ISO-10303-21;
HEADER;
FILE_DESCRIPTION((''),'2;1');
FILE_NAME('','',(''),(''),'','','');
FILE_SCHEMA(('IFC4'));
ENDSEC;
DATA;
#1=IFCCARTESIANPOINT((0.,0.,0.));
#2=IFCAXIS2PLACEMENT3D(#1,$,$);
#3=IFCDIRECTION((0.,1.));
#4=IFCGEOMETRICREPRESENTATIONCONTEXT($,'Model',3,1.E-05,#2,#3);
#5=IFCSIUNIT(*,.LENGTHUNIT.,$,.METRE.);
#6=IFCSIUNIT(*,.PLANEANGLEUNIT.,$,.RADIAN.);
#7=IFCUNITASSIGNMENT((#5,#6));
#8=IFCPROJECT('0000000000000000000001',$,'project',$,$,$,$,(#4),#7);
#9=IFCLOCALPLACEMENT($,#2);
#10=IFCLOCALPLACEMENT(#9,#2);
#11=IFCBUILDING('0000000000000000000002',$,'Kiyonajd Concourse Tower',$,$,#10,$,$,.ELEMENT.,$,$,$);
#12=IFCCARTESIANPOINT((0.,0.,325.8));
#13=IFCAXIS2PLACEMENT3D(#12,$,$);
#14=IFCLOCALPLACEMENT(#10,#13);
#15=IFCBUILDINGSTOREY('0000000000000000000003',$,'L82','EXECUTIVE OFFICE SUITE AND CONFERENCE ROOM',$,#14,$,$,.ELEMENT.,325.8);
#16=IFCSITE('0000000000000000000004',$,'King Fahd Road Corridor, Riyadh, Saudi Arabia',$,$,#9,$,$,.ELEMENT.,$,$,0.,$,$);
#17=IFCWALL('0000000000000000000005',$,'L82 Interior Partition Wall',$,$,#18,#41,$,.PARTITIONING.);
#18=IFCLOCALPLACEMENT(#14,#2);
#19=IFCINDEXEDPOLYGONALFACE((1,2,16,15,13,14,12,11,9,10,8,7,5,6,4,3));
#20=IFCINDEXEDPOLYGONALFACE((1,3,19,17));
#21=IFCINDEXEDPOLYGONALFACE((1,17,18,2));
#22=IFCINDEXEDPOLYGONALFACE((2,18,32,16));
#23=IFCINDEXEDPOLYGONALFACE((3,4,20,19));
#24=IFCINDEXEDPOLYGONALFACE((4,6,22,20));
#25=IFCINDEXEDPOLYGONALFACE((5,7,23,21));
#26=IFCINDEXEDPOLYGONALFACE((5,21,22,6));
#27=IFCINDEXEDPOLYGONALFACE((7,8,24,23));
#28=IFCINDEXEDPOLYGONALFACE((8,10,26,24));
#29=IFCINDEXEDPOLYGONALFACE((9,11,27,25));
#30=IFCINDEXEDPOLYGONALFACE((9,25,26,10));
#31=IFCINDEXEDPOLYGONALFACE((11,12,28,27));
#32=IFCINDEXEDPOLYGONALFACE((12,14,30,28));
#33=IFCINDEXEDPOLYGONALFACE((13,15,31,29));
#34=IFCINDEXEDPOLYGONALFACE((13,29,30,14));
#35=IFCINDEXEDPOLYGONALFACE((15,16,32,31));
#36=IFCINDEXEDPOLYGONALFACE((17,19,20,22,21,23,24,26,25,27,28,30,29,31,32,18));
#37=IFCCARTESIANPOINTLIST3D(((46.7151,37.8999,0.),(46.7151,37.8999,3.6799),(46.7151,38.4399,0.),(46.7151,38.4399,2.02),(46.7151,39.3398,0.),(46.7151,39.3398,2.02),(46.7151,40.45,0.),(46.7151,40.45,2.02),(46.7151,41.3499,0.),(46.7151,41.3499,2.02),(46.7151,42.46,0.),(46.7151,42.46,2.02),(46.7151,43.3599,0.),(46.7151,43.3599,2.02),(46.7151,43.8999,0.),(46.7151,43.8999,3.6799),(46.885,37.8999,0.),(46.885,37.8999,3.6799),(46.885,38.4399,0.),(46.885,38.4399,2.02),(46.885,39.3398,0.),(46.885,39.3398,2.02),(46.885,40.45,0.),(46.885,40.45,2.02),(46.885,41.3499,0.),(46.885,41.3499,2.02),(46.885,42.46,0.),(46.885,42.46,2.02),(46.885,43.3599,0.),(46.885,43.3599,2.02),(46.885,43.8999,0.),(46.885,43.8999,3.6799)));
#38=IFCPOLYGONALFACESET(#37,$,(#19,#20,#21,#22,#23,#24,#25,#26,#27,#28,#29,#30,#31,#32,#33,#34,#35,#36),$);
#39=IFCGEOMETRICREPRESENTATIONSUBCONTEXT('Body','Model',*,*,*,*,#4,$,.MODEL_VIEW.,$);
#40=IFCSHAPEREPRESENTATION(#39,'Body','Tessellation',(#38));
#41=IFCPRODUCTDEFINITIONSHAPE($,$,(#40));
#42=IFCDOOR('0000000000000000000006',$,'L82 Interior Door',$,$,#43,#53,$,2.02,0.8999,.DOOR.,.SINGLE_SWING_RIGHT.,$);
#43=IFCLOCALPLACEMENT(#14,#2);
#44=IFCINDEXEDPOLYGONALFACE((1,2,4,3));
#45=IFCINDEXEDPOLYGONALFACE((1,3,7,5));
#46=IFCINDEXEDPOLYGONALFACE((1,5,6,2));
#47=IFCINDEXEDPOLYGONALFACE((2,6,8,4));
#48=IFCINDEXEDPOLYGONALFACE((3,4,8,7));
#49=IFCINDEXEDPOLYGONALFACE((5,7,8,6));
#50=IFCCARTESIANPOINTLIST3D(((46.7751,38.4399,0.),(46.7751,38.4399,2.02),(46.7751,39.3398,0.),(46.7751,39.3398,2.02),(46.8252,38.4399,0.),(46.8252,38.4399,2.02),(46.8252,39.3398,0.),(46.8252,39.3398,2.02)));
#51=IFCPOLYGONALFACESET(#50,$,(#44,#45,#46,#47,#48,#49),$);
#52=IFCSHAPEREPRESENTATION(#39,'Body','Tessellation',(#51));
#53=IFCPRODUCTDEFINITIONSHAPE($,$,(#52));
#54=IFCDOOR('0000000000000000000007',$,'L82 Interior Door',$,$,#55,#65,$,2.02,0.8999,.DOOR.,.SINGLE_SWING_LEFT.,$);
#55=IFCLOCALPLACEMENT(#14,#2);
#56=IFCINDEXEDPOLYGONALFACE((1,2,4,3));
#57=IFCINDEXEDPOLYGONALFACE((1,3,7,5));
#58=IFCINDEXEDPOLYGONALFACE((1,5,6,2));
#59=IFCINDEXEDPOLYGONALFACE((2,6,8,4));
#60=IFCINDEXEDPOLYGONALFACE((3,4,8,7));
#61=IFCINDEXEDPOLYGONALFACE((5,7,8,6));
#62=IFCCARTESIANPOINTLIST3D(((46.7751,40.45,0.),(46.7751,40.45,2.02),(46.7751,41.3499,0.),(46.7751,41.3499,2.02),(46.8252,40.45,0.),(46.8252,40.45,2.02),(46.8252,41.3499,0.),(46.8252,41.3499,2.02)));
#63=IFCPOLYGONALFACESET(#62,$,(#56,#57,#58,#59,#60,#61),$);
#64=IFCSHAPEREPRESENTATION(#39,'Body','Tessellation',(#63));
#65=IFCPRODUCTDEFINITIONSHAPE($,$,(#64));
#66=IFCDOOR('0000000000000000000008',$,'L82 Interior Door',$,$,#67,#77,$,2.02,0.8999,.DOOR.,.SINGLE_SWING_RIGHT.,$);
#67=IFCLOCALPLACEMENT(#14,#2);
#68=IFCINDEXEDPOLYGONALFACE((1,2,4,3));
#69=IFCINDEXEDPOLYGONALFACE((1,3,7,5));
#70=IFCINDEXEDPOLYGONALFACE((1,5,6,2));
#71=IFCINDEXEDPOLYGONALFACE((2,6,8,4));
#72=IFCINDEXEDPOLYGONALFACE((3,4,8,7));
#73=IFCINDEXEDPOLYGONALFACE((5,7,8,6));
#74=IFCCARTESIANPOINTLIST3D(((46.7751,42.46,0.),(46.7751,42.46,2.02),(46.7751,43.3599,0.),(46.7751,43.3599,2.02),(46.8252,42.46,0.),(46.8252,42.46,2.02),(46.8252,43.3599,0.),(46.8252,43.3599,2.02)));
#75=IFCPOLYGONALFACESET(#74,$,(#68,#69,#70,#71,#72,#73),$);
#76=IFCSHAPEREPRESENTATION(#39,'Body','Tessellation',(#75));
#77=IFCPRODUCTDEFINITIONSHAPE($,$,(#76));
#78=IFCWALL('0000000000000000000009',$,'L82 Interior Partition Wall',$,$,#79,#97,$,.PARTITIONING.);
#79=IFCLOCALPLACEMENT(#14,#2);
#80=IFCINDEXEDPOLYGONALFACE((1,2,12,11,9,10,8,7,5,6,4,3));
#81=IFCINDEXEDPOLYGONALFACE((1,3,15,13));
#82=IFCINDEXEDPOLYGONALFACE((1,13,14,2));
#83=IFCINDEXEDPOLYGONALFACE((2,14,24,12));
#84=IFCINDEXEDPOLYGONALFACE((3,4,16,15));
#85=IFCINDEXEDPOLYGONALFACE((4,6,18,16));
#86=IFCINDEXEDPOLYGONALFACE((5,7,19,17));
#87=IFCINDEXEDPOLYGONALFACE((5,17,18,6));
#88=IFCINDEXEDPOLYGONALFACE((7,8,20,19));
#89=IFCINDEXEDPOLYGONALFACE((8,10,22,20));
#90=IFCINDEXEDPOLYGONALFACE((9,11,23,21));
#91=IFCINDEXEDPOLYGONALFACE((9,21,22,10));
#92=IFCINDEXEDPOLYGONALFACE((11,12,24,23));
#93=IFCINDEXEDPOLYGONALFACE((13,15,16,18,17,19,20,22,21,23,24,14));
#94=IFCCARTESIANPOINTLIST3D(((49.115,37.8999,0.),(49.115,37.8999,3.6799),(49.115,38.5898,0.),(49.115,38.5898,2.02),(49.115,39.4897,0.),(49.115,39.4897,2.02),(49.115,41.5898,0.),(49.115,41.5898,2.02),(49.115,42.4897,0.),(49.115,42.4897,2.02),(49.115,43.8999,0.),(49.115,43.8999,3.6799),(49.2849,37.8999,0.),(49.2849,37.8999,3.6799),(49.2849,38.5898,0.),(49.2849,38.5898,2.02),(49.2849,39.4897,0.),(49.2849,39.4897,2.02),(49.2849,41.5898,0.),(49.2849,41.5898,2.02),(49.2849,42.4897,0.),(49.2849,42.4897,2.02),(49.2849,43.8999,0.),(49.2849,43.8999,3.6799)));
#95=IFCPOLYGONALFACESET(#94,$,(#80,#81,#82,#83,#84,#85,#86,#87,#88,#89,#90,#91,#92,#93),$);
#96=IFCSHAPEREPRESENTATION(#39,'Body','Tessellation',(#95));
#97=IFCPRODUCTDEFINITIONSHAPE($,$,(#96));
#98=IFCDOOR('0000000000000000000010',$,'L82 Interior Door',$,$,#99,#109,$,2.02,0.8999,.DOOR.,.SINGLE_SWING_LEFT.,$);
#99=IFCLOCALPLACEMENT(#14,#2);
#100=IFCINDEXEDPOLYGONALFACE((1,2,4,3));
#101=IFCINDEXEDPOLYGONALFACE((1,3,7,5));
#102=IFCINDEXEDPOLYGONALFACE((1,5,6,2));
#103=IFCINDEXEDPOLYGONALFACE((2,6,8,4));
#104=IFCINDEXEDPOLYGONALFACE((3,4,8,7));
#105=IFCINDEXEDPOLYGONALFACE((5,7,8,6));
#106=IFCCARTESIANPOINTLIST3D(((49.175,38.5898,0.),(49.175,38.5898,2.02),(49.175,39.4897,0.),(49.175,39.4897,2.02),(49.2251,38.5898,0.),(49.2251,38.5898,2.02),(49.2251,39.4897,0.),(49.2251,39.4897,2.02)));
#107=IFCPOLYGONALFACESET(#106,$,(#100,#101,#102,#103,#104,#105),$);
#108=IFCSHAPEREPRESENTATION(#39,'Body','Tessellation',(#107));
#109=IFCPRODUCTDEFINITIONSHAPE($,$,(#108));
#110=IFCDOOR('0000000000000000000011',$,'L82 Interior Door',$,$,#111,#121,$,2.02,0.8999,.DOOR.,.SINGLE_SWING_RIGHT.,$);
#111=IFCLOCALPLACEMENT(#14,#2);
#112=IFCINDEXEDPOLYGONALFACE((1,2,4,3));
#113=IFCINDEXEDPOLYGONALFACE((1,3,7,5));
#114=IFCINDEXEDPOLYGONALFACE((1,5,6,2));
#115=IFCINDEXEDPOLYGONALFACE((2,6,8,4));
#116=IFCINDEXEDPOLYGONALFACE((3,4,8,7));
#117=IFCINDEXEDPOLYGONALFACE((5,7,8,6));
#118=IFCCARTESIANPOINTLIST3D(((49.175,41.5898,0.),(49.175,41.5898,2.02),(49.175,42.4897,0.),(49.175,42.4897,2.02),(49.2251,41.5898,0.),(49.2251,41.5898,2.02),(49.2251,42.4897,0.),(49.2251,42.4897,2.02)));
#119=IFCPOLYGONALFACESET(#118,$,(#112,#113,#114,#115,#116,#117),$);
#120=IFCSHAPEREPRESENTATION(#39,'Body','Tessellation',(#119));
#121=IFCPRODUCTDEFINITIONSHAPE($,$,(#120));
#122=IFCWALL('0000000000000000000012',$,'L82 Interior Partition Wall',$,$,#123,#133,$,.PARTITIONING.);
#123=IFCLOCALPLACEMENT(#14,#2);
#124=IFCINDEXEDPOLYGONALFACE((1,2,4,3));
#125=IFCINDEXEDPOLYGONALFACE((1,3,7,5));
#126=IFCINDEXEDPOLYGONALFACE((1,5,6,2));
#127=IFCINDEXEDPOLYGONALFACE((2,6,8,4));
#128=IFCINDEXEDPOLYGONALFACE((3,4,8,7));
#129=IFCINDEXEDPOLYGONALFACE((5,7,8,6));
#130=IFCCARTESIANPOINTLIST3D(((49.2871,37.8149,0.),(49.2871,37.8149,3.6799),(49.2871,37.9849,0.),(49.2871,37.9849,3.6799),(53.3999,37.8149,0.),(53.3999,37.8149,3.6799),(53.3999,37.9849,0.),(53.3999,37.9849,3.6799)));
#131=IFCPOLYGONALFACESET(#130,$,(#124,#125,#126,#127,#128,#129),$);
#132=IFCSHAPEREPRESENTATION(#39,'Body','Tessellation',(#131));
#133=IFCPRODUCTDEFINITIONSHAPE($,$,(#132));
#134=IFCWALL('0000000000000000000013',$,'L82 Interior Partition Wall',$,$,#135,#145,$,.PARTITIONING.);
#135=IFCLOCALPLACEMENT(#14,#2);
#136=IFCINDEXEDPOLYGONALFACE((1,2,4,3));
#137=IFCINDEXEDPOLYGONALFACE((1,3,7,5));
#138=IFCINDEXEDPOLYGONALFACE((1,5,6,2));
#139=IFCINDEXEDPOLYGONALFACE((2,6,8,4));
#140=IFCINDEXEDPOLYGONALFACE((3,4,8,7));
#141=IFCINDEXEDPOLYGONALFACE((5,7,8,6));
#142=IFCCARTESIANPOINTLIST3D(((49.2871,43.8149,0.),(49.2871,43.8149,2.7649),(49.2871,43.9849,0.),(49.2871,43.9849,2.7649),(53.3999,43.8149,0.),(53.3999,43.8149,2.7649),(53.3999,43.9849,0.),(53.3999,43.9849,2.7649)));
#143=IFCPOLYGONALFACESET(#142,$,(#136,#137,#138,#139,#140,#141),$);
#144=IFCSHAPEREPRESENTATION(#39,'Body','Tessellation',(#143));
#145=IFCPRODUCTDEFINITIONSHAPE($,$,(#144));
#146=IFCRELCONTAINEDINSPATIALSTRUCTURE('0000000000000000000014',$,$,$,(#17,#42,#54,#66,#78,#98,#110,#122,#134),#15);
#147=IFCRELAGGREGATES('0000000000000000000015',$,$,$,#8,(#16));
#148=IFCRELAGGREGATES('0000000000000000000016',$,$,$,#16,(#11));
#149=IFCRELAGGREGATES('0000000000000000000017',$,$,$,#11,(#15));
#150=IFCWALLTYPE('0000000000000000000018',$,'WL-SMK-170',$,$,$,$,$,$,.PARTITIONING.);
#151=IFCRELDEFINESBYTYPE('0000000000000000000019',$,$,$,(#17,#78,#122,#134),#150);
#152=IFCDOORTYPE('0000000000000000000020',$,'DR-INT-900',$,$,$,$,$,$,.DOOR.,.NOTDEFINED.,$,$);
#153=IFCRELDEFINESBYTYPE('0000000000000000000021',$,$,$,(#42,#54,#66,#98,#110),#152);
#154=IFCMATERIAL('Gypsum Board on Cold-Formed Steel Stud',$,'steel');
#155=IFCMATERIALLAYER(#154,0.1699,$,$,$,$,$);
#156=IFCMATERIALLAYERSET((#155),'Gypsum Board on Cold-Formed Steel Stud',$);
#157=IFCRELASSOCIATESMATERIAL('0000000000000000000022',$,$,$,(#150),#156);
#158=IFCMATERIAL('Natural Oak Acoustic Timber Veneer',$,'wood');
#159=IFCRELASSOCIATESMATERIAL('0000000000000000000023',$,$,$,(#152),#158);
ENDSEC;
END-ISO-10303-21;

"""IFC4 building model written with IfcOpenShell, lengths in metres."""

from ifc_helpers import new_model, si_unit, direction, frame, frame_2d, origin, place, context, subcontext, project, spatial, rectangle, extrude, material, layer, layer_set, type_object, element, fill, save


model = new_model("IFC4")

# Units and contexts
model_context = context("Model", 3, precision=1e-05, world=origin(), true_north=direction((0.0, 1.0)))
body_context = subcontext(model_context, "Body", "Model", "MODEL_VIEW")
ifc_project = project(units=[si_unit("LENGTHUNIT", "METRE"), si_unit("PLANEANGLEUNIT", "RADIAN")], contexts=[model_context])

# Site, building, storey
site_placement = place(None, origin())
site = spatial("IfcSite", under=ifc_project, at=site_placement, Name="King Fahd Road Corridor, Riyadh, Saudi Arabia", CompositionType="ELEMENT", RefElevation=0.0)
building_placement = place(site_placement, origin())
building = spatial("IfcBuilding", under=site, at=building_placement, Name="Kiyonajd Concourse Tower", CompositionType="ELEMENT")
storey_placement = place(building_placement, frame((0.0, 0.0, 325.8)))
storey = spatial("IfcBuildingStorey", under=building, at=storey_placement, Name="L82", Description="EXECUTIVE OFFICE SUITE AND CONFERENCE ROOM", CompositionType="ELEMENT", Elevation=325.8)

# Shared definitions
ifc_material_1 = material(Name="Gypsum Board on Cold-Formed Steel Stud", Category="steel")

# Walls, openings, doors
ifc_layer_1 = layer(ifc_material_1, 0.1699)
ifc_layer_set_1 = layer_set([ifc_layer_1], Name="Gypsum Board on Cold-Formed Steel Stud")
wall_type_1 = type_object("IfcWallType", Name="WL-SMK-170", PredefinedType="PARTITIONING", material=ifc_layer_set_1)
wall_1_placement = place(storey_placement, frame((46.8, 37.8999, 0.0), z_axis=(0.0, 0.0, 1.0), x_axis=(0.0, 1.0, 0.0)))
wall_1 = element("IfcWall", 1, at=wall_1_placement, inside=storey, type_object=wall_type_1, Name="L82 Interior Partition Wall", PredefinedType="PARTITIONING", context=body_context, shape_type="SweptSolid", body=[
    extrude(rectangle(XDim=6.0, YDim=0.1699, at=frame_2d((3.0, 0.0))), origin(), (0.0, 0.0, 1.0), 3.6799),
])
opening_1_placement = place(wall_1_placement, frame((0.54, 0.0, 0.0)))
opening_1 = element("IfcOpeningElement", 2, at=opening_1_placement, cuts=wall_1, PredefinedType="OPENING", context=body_context, shape_type="SweptSolid", body=[
    extrude(rectangle(XDim=0.8999, YDim=2.02, at=frame_2d((0.45, 1.01))), frame((0.0, 0.095, 0.0), z_axis=(0.0, -1.0, 0.0), x_axis=(1.0, 0.0, 0.0)), (0.0, 0.0, 1.0), 0.1899),
])
opening_2_placement = place(wall_1_placement, frame((2.55, 0.0, 0.0)))
opening_2 = element("IfcOpeningElement", 3, at=opening_2_placement, cuts=wall_1, PredefinedType="OPENING", context=body_context, shape_type="SweptSolid", body=[
    extrude(rectangle(XDim=0.8999, YDim=2.02, at=frame_2d((0.45, 1.01))), frame((0.0, 0.095, 0.0), z_axis=(0.0, -1.0, 0.0), x_axis=(1.0, 0.0, 0.0)), (0.0, 0.0, 1.0), 0.1899),
])
opening_3_placement = place(wall_1_placement, frame((4.5601, 0.0, 0.0)))
opening_3 = element("IfcOpeningElement", 4, at=opening_3_placement, cuts=wall_1, PredefinedType="OPENING", context=body_context, shape_type="SweptSolid", body=[
    extrude(rectangle(XDim=0.8999, YDim=2.02, at=frame_2d((0.45, 1.01))), frame((0.0, 0.095, 0.0), z_axis=(0.0, -1.0, 0.0), x_axis=(1.0, 0.0, 0.0)), (0.0, 0.0, 1.0), 0.1899),
])
ifc_material_2 = material(Name="Natural Oak Acoustic Timber Veneer", Category="wood")
door_type_1 = type_object("IfcDoorType", Name="DR-INT-900", OperationType="NOTDEFINED", PredefinedType="DOOR", material=ifc_material_2)
door_1_placement = place(opening_1_placement, origin())
door_1 = element("IfcDoor", 5, at=door_1_placement, inside=storey, type_object=door_type_1, Name="L82 Interior Door", OperationType="SINGLE_SWING_RIGHT", OverallHeight=2.02, OverallWidth=0.8999, PredefinedType="DOOR", context=body_context, shape_type="SweptSolid", body=[
    extrude(rectangle(XDim=0.8999, YDim=2.02, at=frame_2d((0.45, 1.01))), frame((0.0, 0.0249, 0.0), z_axis=(0.0, -1.0, 0.0), x_axis=(1.0, 0.0, 0.0)), (0.0, 0.0, 1.0), 0.05),
])
fill(opening_1, door_1)
door_2_placement = place(opening_2_placement, origin())
door_2 = element("IfcDoor", 6, at=door_2_placement, inside=storey, type_object=door_type_1, Name="L82 Interior Door", OperationType="SINGLE_SWING_LEFT", OverallHeight=2.02, OverallWidth=0.8999, PredefinedType="DOOR", context=body_context, shape_type="SweptSolid", body=[
    extrude(rectangle(XDim=0.8999, YDim=2.02, at=frame_2d((0.45, 1.01))), frame((0.0, 0.0249, 0.0), z_axis=(0.0, -1.0, 0.0), x_axis=(1.0, 0.0, 0.0)), (0.0, 0.0, 1.0), 0.05),
])
fill(opening_2, door_2)
door_3_placement = place(opening_3_placement, origin())
door_3 = element("IfcDoor", 7, at=door_3_placement, inside=storey, type_object=door_type_1, Name="L82 Interior Door", OperationType="SINGLE_SWING_RIGHT", OverallHeight=2.02, OverallWidth=0.8999, PredefinedType="DOOR", context=body_context, shape_type="SweptSolid", body=[
    extrude(rectangle(XDim=0.8999, YDim=2.02, at=frame_2d((0.45, 1.01))), frame((0.0, 0.0249, 0.0), z_axis=(0.0, -1.0, 0.0), x_axis=(1.0, 0.0, 0.0)), (0.0, 0.0, 1.0), 0.05),
])
fill(opening_3, door_3)
wall_2_placement = place(storey_placement, frame((49.2, 37.8999, 0.0), z_axis=(0.0, 0.0, 1.0), x_axis=(0.0, 1.0, 0.0)))
wall_2 = element("IfcWall", 8, at=wall_2_placement, inside=storey, type_object=wall_type_1, Name="L82 Interior Partition Wall", PredefinedType="PARTITIONING", context=body_context, shape_type="SweptSolid", body=[
    extrude(rectangle(XDim=6.0, YDim=0.1699, at=frame_2d((3.0, 0.0))), origin(), (0.0, 0.0, 1.0), 3.6799),
])
opening_4_placement = place(wall_2_placement, frame((0.6899, 0.0, 0.0)))
opening_4 = element("IfcOpeningElement", 9, at=opening_4_placement, cuts=wall_2, PredefinedType="OPENING", context=body_context, shape_type="SweptSolid", body=[
    extrude(rectangle(XDim=0.8999, YDim=2.02, at=frame_2d((0.45, 1.01))), frame((0.0, 0.095, 0.0), z_axis=(0.0, -1.0, 0.0), x_axis=(1.0, 0.0, 0.0)), (0.0, 0.0, 1.0), 0.1899),
])
opening_5_placement = place(wall_2_placement, frame((3.6899, 0.0, 0.0)))
opening_5 = element("IfcOpeningElement", 10, at=opening_5_placement, cuts=wall_2, PredefinedType="OPENING", context=body_context, shape_type="SweptSolid", body=[
    extrude(rectangle(XDim=0.8999, YDim=2.02, at=frame_2d((0.45, 1.01))), frame((0.0, 0.095, 0.0), z_axis=(0.0, -1.0, 0.0), x_axis=(1.0, 0.0, 0.0)), (0.0, 0.0, 1.0), 0.1899),
])
door_4_placement = place(opening_4_placement, origin())
door_4 = element("IfcDoor", 11, at=door_4_placement, inside=storey, type_object=door_type_1, Name="L82 Interior Door", OperationType="SINGLE_SWING_LEFT", OverallHeight=2.02, OverallWidth=0.8999, PredefinedType="DOOR", context=body_context, shape_type="SweptSolid", body=[
    extrude(rectangle(XDim=0.8999, YDim=2.02, at=frame_2d((0.45, 1.01))), frame((0.0, 0.0249, 0.0), z_axis=(0.0, -1.0, 0.0), x_axis=(1.0, 0.0, 0.0)), (0.0, 0.0, 1.0), 0.05),
])
fill(opening_4, door_4)
door_5_placement = place(opening_5_placement, origin())
door_5 = element("IfcDoor", 12, at=door_5_placement, inside=storey, type_object=door_type_1, Name="L82 Interior Door", OperationType="SINGLE_SWING_RIGHT", OverallHeight=2.02, OverallWidth=0.8999, PredefinedType="DOOR", context=body_context, shape_type="SweptSolid", body=[
    extrude(rectangle(XDim=0.8999, YDim=2.02, at=frame_2d((0.45, 1.01))), frame((0.0, 0.0249, 0.0), z_axis=(0.0, -1.0, 0.0), x_axis=(1.0, 0.0, 0.0)), (0.0, 0.0, 1.0), 0.05),
])
fill(opening_5, door_5)

# Walls
wall_3_placement = place(storey_placement, frame((49.2871, 37.8999, 0.0), z_axis=(0.0, 0.0, 1.0), x_axis=(1.0, 0.0, 0.0)))
element("IfcWall", 13, at=wall_3_placement, inside=storey, type_object=wall_type_1, Name="L82 Interior Partition Wall", PredefinedType="PARTITIONING", context=body_context, shape_type="SweptSolid", body=[
    extrude(rectangle(XDim=4.1128, YDim=0.1699, at=frame_2d((2.0564, 0.0))), origin(), (0.0, 0.0, 1.0), 3.6799),
])
wall_4_placement = place(storey_placement, frame((49.2871, 43.8999, 0.0), z_axis=(0.0, 0.0, 1.0), x_axis=(1.0, 0.0, 0.0)))
element("IfcWall", 14, at=wall_4_placement, inside=storey, type_object=wall_type_1, Name="L82 Interior Partition Wall", PredefinedType="PARTITIONING", context=body_context, shape_type="SweptSolid", body=[
    extrude(rectangle(XDim=4.1128, YDim=0.1699, at=frame_2d((2.0564, 0.0))), origin(), (0.0, 0.0, 1.0), 2.7649),
])

save(model, "model.ifc")
